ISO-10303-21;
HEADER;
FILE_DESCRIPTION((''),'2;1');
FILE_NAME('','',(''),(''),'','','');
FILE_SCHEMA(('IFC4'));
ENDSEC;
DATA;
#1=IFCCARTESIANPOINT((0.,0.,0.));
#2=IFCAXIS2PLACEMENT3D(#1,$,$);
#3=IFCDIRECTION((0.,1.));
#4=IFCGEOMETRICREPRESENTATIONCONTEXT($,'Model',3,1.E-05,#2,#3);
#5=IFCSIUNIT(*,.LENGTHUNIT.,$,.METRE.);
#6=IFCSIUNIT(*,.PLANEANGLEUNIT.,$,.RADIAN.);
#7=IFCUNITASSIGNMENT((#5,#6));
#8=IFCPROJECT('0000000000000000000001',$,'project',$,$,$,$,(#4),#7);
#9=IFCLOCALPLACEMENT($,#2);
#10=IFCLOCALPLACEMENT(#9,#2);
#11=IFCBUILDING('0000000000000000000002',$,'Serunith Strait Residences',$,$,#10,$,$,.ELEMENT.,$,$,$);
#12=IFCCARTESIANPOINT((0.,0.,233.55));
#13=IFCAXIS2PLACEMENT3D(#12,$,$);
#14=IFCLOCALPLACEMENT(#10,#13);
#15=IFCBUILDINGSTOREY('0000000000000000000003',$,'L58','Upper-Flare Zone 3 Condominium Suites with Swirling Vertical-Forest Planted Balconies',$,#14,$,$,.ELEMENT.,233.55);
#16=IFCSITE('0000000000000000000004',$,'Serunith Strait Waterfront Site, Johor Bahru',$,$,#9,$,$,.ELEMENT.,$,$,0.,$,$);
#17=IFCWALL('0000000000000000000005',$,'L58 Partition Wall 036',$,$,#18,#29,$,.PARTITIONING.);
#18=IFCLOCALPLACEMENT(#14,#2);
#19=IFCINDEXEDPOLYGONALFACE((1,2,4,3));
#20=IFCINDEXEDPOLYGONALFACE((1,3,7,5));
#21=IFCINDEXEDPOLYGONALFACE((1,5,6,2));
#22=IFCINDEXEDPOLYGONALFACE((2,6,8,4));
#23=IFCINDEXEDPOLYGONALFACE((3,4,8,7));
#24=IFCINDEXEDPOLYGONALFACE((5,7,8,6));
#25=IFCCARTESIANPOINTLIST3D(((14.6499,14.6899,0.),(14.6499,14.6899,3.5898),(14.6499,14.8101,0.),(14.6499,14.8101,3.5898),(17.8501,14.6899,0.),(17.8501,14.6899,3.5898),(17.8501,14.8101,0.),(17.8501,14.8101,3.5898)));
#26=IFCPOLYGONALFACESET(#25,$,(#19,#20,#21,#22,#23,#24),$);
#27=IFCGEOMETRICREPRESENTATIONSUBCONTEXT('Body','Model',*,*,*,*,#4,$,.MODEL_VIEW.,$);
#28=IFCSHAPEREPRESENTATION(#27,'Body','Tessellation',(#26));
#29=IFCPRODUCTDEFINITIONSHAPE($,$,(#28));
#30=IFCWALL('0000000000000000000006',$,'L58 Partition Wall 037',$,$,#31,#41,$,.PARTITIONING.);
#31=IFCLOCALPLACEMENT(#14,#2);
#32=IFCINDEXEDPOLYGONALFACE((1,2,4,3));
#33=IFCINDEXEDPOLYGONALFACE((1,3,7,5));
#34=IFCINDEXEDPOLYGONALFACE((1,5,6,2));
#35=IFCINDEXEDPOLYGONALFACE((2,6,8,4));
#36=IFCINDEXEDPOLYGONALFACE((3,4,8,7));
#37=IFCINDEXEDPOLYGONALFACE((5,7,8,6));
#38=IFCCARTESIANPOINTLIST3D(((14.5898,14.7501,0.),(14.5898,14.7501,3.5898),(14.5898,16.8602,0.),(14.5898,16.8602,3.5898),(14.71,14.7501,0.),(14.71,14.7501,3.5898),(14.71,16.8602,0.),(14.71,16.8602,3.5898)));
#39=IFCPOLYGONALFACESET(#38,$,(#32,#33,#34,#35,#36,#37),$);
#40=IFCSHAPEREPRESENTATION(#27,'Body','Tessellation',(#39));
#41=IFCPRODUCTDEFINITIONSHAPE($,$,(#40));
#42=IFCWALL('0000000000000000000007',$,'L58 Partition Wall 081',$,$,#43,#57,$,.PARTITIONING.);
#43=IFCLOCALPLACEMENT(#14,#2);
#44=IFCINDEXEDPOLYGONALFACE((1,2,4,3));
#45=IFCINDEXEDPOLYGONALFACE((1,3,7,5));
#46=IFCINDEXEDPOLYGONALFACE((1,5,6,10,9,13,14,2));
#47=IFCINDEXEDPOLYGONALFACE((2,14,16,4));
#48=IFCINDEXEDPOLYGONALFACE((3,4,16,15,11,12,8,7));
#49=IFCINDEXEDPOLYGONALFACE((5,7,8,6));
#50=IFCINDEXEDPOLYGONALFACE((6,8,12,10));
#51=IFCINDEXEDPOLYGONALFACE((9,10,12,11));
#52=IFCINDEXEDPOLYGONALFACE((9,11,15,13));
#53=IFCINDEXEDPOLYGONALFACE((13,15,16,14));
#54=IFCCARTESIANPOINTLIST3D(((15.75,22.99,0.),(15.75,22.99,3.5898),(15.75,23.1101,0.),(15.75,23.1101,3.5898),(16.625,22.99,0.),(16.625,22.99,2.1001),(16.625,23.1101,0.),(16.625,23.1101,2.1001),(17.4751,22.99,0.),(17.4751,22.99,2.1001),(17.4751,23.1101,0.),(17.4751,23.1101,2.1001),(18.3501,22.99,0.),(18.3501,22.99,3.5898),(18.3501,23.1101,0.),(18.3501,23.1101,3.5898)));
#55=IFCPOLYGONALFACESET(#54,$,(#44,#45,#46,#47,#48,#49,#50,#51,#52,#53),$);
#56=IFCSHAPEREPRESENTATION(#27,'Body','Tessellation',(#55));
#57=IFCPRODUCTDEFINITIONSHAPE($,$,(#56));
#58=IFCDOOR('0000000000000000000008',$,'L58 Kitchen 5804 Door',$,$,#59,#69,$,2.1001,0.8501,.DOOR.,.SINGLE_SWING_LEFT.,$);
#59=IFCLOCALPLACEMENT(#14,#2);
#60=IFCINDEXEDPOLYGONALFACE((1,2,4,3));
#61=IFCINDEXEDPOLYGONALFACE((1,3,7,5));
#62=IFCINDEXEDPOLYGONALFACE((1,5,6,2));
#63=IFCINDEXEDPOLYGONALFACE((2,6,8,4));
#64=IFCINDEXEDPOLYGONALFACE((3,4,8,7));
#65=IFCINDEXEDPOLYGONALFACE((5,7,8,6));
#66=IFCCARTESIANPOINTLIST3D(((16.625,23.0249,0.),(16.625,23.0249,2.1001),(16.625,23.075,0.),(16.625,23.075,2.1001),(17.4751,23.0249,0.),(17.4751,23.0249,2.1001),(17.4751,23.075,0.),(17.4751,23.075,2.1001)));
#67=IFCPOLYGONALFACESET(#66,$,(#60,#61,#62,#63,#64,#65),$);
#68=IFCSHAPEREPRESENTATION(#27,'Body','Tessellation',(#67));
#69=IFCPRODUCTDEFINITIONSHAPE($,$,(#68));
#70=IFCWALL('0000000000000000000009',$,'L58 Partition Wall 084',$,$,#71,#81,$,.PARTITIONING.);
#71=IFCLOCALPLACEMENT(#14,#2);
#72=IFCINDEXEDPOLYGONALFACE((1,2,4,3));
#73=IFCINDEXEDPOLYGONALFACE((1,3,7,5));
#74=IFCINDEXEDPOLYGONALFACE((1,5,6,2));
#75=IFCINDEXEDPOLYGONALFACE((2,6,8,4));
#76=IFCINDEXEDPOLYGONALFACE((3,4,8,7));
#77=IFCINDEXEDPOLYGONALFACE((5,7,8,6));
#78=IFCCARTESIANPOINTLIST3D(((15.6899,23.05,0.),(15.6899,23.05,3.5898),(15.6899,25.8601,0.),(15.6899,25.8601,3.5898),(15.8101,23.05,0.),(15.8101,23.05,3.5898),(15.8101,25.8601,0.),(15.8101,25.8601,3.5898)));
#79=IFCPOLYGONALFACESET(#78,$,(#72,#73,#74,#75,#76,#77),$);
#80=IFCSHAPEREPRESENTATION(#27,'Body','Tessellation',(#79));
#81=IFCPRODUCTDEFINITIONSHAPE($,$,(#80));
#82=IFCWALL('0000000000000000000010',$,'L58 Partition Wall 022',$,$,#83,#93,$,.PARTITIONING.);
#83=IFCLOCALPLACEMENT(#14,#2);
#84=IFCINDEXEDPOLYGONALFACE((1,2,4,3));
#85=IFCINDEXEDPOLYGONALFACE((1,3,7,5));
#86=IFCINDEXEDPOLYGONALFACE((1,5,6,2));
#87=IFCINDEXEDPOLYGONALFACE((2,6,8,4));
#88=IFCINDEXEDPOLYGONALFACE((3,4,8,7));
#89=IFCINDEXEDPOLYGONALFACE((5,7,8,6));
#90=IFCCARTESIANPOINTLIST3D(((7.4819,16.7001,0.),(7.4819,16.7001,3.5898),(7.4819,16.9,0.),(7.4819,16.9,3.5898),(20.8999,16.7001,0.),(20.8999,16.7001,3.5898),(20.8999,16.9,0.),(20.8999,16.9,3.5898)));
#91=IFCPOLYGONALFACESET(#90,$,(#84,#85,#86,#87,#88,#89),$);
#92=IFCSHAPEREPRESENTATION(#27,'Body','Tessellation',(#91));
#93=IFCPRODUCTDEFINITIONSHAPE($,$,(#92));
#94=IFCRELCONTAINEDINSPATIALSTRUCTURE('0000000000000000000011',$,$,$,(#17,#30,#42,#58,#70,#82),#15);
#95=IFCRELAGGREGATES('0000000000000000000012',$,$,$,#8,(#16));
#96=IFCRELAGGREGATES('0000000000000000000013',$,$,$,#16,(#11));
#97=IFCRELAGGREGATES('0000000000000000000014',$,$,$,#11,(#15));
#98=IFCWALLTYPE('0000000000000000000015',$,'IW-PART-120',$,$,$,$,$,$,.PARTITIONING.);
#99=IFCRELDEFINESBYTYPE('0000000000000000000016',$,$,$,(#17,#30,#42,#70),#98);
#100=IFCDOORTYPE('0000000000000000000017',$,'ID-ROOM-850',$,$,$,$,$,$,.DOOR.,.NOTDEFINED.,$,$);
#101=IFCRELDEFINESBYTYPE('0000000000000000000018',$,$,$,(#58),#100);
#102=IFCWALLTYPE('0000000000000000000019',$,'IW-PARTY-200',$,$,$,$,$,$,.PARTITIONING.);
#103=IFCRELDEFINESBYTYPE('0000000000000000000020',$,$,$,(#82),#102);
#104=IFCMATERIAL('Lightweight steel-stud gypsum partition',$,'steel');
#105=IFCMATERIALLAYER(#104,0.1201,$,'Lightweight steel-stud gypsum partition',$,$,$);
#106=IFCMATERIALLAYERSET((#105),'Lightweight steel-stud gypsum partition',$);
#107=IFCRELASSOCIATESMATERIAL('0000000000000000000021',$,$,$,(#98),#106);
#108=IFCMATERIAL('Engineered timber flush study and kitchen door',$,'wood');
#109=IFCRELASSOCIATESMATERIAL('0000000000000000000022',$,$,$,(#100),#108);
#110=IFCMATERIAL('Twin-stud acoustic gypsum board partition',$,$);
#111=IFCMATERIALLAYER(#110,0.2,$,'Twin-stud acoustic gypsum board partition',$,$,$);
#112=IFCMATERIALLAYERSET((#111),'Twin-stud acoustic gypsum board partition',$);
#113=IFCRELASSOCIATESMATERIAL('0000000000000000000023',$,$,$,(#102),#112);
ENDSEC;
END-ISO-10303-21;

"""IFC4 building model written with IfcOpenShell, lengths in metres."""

from ifc_helpers import new_model, si_unit, direction, frame, frame_2d, origin, place, context, subcontext, project, spatial, rectangle, extrude, source, transform, mapped, material, layer, layer_set, type_object, element, fill, save


model = new_model("IFC4")

# Units and contexts
model_context = context("Model", 3, precision=1e-05, world=origin(), true_north=direction((0.0, 1.0)))
body_context = subcontext(model_context, "Body", "Model", "MODEL_VIEW")
ifc_project = project(units=[si_unit("LENGTHUNIT", "METRE"), si_unit("PLANEANGLEUNIT", "RADIAN")], contexts=[model_context])

# Site, building, storey
site_placement = place(None, origin())
site = spatial("IfcSite", under=ifc_project, at=site_placement, Name="Serunith Strait Waterfront Site, Johor Bahru", CompositionType="ELEMENT", RefElevation=0.0)
building_placement = place(site_placement, origin())
building = spatial("IfcBuilding", under=site, at=building_placement, Name="Serunith Strait Residences", CompositionType="ELEMENT")
storey_placement = place(building_placement, frame((0.0, 0.0, 233.55)))
storey = spatial("IfcBuildingStorey", under=building, at=storey_placement, Name="L58", Description="Upper-Flare Zone 3 Condominium Suites with Swirling Vertical-Forest Planted Balconies", CompositionType="ELEMENT", Elevation=233.55)

# Walls
ifc_material_1 = material(Name="Lightweight steel-stud gypsum partition", Category="steel")
ifc_layer_1 = layer(ifc_material_1, 0.1201, Name="Lightweight steel-stud gypsum partition")
ifc_layer_set_1 = layer_set([ifc_layer_1], Name="Lightweight steel-stud gypsum partition")
wall_type_1 = type_object("IfcWallType", Name="IW-PART-120", PredefinedType="PARTITIONING", material=ifc_layer_set_1)
wall_1_placement = place(storey_placement, frame((14.6499, 14.75, 0.0), z_axis=(0.0, 0.0, 1.0), x_axis=(1.0, 0.0, 0.0)))
element("IfcWall", 1, at=wall_1_placement, inside=storey, type_object=wall_type_1, Name="L58 Partition Wall 036", PredefinedType="PARTITIONING", context=body_context, shape_type="SweptSolid", body=[
    extrude(rectangle(XDim=3.2002, YDim=0.1201, at=frame_2d((1.6001, 0.0))), origin(), (0.0, 0.0, 1.0), 3.5898),
])
wall_2_placement = place(storey_placement, frame((14.6499, 14.75, 0.0), z_axis=(0.0, 0.0, 1.0), x_axis=(0.0, 1.0, 0.0)))
element("IfcWall", 2, at=wall_2_placement, inside=storey, type_object=wall_type_1, Name="L58 Partition Wall 037", PredefinedType="PARTITIONING", context=body_context, shape_type="SweptSolid", body=[
    extrude(rectangle(XDim=2.1101, YDim=0.1201, at=frame_2d((1.0552, 0.0))), origin(), (0.0, 0.0, 1.0), 3.5898),
])

# Wall, opening, door
wall_3_placement = place(storey_placement, frame((15.75, 23.05, 0.0), z_axis=(0.0, 0.0, 1.0), x_axis=(1.0, 0.0, 0.0)))
wall_3 = element("IfcWall", 3, at=wall_3_placement, inside=storey, type_object=wall_type_1, Name="L58 Partition Wall 081", PredefinedType="PARTITIONING", context=body_context, shape_type="SweptSolid", body=[
    extrude(rectangle(XDim=2.6001, YDim=0.1201, at=frame_2d((1.3, 0.0))), origin(), (0.0, 0.0, 1.0), 3.5898),
])
opening_placement = place(wall_3_placement, frame((0.875, 0.0, 0.0)))
opening = element("IfcOpeningElement", 4, at=opening_placement, cuts=wall_3, PredefinedType="OPENING", context=body_context, shape_type="SweptSolid", body=[
    extrude(rectangle(XDim=0.8501, YDim=2.1001, at=frame_2d((0.425, 1.05))), frame((0.0, 0.0701, 0.0), z_axis=(0.0, -1.0, 0.0), x_axis=(1.0, 0.0, 0.0)), (0.0, 0.0, 1.0), 0.1401),
])
ifc_material_2 = material(Name="Engineered timber flush study and kitchen door", Category="wood")
door_type = type_object("IfcDoorType", Name="ID-ROOM-850", OperationType="NOTDEFINED", PredefinedType="DOOR", material=ifc_material_2)
shared_shape_1 = source(origin(), body_context, "Body", "SweptSolid", [
    extrude(rectangle(XDim=0.8501, YDim=2.1001, at=frame_2d((0.425, 1.05))), frame((0.0, 0.0249, 0.0), z_axis=(0.0, -1.0, 0.0), x_axis=(1.0, 0.0, 0.0)), (0.0, 0.0, 1.0), 0.05),
])
door_placement = place(opening_placement, origin())
door = element("IfcDoor", 5, at=door_placement, inside=storey, type_object=door_type, Name="L58 Kitchen 5804 Door", OperationType="SINGLE_SWING_LEFT", OverallHeight=2.1001, OverallWidth=0.8501, PredefinedType="DOOR", context=body_context, shape_type="MappedRepresentation", body=[
    mapped(shared_shape_1, transform((0.0, 0.0, 0.0), scale=1.0)),
])
fill(opening, door)

# Walls
wall_4_placement = place(storey_placement, frame((15.75, 23.05, 0.0), z_axis=(0.0, 0.0, 1.0), x_axis=(0.0, 1.0, 0.0)))
element("IfcWall", 6, at=wall_4_placement, inside=storey, type_object=wall_type_1, Name="L58 Partition Wall 084", PredefinedType="PARTITIONING", context=body_context, shape_type="SweptSolid", body=[
    extrude(rectangle(XDim=2.8101, YDim=0.1201, at=frame_2d((1.405, 0.0))), origin(), (0.0, 0.0, 1.0), 3.5898),
])
ifc_material_3 = material(Name="Twin-stud acoustic gypsum board partition")
ifc_layer_2 = layer(ifc_material_3, 0.2, Name="Twin-stud acoustic gypsum board partition")
ifc_layer_set_2 = layer_set([ifc_layer_2], Name="Twin-stud acoustic gypsum board partition")
wall_type_2 = type_object("IfcWallType", Name="IW-PARTY-200", PredefinedType="PARTITIONING", material=ifc_layer_set_2)
wall_5_placement = place(storey_placement, frame((7.4819, 16.8, 0.0), z_axis=(0.0, 0.0, 1.0), x_axis=(1.0, 0.0, 0.0)))
element("IfcWall", 7, at=wall_5_placement, inside=storey, type_object=wall_type_2, Name="L58 Partition Wall 022", PredefinedType="PARTITIONING", context=body_context, shape_type="SweptSolid", body=[
    extrude(rectangle(XDim=13.418, YDim=0.2, at=frame_2d((6.709, 0.0))), origin(), (0.0, 0.0, 1.0), 3.5898),
])

save(model, "model.ifc")
